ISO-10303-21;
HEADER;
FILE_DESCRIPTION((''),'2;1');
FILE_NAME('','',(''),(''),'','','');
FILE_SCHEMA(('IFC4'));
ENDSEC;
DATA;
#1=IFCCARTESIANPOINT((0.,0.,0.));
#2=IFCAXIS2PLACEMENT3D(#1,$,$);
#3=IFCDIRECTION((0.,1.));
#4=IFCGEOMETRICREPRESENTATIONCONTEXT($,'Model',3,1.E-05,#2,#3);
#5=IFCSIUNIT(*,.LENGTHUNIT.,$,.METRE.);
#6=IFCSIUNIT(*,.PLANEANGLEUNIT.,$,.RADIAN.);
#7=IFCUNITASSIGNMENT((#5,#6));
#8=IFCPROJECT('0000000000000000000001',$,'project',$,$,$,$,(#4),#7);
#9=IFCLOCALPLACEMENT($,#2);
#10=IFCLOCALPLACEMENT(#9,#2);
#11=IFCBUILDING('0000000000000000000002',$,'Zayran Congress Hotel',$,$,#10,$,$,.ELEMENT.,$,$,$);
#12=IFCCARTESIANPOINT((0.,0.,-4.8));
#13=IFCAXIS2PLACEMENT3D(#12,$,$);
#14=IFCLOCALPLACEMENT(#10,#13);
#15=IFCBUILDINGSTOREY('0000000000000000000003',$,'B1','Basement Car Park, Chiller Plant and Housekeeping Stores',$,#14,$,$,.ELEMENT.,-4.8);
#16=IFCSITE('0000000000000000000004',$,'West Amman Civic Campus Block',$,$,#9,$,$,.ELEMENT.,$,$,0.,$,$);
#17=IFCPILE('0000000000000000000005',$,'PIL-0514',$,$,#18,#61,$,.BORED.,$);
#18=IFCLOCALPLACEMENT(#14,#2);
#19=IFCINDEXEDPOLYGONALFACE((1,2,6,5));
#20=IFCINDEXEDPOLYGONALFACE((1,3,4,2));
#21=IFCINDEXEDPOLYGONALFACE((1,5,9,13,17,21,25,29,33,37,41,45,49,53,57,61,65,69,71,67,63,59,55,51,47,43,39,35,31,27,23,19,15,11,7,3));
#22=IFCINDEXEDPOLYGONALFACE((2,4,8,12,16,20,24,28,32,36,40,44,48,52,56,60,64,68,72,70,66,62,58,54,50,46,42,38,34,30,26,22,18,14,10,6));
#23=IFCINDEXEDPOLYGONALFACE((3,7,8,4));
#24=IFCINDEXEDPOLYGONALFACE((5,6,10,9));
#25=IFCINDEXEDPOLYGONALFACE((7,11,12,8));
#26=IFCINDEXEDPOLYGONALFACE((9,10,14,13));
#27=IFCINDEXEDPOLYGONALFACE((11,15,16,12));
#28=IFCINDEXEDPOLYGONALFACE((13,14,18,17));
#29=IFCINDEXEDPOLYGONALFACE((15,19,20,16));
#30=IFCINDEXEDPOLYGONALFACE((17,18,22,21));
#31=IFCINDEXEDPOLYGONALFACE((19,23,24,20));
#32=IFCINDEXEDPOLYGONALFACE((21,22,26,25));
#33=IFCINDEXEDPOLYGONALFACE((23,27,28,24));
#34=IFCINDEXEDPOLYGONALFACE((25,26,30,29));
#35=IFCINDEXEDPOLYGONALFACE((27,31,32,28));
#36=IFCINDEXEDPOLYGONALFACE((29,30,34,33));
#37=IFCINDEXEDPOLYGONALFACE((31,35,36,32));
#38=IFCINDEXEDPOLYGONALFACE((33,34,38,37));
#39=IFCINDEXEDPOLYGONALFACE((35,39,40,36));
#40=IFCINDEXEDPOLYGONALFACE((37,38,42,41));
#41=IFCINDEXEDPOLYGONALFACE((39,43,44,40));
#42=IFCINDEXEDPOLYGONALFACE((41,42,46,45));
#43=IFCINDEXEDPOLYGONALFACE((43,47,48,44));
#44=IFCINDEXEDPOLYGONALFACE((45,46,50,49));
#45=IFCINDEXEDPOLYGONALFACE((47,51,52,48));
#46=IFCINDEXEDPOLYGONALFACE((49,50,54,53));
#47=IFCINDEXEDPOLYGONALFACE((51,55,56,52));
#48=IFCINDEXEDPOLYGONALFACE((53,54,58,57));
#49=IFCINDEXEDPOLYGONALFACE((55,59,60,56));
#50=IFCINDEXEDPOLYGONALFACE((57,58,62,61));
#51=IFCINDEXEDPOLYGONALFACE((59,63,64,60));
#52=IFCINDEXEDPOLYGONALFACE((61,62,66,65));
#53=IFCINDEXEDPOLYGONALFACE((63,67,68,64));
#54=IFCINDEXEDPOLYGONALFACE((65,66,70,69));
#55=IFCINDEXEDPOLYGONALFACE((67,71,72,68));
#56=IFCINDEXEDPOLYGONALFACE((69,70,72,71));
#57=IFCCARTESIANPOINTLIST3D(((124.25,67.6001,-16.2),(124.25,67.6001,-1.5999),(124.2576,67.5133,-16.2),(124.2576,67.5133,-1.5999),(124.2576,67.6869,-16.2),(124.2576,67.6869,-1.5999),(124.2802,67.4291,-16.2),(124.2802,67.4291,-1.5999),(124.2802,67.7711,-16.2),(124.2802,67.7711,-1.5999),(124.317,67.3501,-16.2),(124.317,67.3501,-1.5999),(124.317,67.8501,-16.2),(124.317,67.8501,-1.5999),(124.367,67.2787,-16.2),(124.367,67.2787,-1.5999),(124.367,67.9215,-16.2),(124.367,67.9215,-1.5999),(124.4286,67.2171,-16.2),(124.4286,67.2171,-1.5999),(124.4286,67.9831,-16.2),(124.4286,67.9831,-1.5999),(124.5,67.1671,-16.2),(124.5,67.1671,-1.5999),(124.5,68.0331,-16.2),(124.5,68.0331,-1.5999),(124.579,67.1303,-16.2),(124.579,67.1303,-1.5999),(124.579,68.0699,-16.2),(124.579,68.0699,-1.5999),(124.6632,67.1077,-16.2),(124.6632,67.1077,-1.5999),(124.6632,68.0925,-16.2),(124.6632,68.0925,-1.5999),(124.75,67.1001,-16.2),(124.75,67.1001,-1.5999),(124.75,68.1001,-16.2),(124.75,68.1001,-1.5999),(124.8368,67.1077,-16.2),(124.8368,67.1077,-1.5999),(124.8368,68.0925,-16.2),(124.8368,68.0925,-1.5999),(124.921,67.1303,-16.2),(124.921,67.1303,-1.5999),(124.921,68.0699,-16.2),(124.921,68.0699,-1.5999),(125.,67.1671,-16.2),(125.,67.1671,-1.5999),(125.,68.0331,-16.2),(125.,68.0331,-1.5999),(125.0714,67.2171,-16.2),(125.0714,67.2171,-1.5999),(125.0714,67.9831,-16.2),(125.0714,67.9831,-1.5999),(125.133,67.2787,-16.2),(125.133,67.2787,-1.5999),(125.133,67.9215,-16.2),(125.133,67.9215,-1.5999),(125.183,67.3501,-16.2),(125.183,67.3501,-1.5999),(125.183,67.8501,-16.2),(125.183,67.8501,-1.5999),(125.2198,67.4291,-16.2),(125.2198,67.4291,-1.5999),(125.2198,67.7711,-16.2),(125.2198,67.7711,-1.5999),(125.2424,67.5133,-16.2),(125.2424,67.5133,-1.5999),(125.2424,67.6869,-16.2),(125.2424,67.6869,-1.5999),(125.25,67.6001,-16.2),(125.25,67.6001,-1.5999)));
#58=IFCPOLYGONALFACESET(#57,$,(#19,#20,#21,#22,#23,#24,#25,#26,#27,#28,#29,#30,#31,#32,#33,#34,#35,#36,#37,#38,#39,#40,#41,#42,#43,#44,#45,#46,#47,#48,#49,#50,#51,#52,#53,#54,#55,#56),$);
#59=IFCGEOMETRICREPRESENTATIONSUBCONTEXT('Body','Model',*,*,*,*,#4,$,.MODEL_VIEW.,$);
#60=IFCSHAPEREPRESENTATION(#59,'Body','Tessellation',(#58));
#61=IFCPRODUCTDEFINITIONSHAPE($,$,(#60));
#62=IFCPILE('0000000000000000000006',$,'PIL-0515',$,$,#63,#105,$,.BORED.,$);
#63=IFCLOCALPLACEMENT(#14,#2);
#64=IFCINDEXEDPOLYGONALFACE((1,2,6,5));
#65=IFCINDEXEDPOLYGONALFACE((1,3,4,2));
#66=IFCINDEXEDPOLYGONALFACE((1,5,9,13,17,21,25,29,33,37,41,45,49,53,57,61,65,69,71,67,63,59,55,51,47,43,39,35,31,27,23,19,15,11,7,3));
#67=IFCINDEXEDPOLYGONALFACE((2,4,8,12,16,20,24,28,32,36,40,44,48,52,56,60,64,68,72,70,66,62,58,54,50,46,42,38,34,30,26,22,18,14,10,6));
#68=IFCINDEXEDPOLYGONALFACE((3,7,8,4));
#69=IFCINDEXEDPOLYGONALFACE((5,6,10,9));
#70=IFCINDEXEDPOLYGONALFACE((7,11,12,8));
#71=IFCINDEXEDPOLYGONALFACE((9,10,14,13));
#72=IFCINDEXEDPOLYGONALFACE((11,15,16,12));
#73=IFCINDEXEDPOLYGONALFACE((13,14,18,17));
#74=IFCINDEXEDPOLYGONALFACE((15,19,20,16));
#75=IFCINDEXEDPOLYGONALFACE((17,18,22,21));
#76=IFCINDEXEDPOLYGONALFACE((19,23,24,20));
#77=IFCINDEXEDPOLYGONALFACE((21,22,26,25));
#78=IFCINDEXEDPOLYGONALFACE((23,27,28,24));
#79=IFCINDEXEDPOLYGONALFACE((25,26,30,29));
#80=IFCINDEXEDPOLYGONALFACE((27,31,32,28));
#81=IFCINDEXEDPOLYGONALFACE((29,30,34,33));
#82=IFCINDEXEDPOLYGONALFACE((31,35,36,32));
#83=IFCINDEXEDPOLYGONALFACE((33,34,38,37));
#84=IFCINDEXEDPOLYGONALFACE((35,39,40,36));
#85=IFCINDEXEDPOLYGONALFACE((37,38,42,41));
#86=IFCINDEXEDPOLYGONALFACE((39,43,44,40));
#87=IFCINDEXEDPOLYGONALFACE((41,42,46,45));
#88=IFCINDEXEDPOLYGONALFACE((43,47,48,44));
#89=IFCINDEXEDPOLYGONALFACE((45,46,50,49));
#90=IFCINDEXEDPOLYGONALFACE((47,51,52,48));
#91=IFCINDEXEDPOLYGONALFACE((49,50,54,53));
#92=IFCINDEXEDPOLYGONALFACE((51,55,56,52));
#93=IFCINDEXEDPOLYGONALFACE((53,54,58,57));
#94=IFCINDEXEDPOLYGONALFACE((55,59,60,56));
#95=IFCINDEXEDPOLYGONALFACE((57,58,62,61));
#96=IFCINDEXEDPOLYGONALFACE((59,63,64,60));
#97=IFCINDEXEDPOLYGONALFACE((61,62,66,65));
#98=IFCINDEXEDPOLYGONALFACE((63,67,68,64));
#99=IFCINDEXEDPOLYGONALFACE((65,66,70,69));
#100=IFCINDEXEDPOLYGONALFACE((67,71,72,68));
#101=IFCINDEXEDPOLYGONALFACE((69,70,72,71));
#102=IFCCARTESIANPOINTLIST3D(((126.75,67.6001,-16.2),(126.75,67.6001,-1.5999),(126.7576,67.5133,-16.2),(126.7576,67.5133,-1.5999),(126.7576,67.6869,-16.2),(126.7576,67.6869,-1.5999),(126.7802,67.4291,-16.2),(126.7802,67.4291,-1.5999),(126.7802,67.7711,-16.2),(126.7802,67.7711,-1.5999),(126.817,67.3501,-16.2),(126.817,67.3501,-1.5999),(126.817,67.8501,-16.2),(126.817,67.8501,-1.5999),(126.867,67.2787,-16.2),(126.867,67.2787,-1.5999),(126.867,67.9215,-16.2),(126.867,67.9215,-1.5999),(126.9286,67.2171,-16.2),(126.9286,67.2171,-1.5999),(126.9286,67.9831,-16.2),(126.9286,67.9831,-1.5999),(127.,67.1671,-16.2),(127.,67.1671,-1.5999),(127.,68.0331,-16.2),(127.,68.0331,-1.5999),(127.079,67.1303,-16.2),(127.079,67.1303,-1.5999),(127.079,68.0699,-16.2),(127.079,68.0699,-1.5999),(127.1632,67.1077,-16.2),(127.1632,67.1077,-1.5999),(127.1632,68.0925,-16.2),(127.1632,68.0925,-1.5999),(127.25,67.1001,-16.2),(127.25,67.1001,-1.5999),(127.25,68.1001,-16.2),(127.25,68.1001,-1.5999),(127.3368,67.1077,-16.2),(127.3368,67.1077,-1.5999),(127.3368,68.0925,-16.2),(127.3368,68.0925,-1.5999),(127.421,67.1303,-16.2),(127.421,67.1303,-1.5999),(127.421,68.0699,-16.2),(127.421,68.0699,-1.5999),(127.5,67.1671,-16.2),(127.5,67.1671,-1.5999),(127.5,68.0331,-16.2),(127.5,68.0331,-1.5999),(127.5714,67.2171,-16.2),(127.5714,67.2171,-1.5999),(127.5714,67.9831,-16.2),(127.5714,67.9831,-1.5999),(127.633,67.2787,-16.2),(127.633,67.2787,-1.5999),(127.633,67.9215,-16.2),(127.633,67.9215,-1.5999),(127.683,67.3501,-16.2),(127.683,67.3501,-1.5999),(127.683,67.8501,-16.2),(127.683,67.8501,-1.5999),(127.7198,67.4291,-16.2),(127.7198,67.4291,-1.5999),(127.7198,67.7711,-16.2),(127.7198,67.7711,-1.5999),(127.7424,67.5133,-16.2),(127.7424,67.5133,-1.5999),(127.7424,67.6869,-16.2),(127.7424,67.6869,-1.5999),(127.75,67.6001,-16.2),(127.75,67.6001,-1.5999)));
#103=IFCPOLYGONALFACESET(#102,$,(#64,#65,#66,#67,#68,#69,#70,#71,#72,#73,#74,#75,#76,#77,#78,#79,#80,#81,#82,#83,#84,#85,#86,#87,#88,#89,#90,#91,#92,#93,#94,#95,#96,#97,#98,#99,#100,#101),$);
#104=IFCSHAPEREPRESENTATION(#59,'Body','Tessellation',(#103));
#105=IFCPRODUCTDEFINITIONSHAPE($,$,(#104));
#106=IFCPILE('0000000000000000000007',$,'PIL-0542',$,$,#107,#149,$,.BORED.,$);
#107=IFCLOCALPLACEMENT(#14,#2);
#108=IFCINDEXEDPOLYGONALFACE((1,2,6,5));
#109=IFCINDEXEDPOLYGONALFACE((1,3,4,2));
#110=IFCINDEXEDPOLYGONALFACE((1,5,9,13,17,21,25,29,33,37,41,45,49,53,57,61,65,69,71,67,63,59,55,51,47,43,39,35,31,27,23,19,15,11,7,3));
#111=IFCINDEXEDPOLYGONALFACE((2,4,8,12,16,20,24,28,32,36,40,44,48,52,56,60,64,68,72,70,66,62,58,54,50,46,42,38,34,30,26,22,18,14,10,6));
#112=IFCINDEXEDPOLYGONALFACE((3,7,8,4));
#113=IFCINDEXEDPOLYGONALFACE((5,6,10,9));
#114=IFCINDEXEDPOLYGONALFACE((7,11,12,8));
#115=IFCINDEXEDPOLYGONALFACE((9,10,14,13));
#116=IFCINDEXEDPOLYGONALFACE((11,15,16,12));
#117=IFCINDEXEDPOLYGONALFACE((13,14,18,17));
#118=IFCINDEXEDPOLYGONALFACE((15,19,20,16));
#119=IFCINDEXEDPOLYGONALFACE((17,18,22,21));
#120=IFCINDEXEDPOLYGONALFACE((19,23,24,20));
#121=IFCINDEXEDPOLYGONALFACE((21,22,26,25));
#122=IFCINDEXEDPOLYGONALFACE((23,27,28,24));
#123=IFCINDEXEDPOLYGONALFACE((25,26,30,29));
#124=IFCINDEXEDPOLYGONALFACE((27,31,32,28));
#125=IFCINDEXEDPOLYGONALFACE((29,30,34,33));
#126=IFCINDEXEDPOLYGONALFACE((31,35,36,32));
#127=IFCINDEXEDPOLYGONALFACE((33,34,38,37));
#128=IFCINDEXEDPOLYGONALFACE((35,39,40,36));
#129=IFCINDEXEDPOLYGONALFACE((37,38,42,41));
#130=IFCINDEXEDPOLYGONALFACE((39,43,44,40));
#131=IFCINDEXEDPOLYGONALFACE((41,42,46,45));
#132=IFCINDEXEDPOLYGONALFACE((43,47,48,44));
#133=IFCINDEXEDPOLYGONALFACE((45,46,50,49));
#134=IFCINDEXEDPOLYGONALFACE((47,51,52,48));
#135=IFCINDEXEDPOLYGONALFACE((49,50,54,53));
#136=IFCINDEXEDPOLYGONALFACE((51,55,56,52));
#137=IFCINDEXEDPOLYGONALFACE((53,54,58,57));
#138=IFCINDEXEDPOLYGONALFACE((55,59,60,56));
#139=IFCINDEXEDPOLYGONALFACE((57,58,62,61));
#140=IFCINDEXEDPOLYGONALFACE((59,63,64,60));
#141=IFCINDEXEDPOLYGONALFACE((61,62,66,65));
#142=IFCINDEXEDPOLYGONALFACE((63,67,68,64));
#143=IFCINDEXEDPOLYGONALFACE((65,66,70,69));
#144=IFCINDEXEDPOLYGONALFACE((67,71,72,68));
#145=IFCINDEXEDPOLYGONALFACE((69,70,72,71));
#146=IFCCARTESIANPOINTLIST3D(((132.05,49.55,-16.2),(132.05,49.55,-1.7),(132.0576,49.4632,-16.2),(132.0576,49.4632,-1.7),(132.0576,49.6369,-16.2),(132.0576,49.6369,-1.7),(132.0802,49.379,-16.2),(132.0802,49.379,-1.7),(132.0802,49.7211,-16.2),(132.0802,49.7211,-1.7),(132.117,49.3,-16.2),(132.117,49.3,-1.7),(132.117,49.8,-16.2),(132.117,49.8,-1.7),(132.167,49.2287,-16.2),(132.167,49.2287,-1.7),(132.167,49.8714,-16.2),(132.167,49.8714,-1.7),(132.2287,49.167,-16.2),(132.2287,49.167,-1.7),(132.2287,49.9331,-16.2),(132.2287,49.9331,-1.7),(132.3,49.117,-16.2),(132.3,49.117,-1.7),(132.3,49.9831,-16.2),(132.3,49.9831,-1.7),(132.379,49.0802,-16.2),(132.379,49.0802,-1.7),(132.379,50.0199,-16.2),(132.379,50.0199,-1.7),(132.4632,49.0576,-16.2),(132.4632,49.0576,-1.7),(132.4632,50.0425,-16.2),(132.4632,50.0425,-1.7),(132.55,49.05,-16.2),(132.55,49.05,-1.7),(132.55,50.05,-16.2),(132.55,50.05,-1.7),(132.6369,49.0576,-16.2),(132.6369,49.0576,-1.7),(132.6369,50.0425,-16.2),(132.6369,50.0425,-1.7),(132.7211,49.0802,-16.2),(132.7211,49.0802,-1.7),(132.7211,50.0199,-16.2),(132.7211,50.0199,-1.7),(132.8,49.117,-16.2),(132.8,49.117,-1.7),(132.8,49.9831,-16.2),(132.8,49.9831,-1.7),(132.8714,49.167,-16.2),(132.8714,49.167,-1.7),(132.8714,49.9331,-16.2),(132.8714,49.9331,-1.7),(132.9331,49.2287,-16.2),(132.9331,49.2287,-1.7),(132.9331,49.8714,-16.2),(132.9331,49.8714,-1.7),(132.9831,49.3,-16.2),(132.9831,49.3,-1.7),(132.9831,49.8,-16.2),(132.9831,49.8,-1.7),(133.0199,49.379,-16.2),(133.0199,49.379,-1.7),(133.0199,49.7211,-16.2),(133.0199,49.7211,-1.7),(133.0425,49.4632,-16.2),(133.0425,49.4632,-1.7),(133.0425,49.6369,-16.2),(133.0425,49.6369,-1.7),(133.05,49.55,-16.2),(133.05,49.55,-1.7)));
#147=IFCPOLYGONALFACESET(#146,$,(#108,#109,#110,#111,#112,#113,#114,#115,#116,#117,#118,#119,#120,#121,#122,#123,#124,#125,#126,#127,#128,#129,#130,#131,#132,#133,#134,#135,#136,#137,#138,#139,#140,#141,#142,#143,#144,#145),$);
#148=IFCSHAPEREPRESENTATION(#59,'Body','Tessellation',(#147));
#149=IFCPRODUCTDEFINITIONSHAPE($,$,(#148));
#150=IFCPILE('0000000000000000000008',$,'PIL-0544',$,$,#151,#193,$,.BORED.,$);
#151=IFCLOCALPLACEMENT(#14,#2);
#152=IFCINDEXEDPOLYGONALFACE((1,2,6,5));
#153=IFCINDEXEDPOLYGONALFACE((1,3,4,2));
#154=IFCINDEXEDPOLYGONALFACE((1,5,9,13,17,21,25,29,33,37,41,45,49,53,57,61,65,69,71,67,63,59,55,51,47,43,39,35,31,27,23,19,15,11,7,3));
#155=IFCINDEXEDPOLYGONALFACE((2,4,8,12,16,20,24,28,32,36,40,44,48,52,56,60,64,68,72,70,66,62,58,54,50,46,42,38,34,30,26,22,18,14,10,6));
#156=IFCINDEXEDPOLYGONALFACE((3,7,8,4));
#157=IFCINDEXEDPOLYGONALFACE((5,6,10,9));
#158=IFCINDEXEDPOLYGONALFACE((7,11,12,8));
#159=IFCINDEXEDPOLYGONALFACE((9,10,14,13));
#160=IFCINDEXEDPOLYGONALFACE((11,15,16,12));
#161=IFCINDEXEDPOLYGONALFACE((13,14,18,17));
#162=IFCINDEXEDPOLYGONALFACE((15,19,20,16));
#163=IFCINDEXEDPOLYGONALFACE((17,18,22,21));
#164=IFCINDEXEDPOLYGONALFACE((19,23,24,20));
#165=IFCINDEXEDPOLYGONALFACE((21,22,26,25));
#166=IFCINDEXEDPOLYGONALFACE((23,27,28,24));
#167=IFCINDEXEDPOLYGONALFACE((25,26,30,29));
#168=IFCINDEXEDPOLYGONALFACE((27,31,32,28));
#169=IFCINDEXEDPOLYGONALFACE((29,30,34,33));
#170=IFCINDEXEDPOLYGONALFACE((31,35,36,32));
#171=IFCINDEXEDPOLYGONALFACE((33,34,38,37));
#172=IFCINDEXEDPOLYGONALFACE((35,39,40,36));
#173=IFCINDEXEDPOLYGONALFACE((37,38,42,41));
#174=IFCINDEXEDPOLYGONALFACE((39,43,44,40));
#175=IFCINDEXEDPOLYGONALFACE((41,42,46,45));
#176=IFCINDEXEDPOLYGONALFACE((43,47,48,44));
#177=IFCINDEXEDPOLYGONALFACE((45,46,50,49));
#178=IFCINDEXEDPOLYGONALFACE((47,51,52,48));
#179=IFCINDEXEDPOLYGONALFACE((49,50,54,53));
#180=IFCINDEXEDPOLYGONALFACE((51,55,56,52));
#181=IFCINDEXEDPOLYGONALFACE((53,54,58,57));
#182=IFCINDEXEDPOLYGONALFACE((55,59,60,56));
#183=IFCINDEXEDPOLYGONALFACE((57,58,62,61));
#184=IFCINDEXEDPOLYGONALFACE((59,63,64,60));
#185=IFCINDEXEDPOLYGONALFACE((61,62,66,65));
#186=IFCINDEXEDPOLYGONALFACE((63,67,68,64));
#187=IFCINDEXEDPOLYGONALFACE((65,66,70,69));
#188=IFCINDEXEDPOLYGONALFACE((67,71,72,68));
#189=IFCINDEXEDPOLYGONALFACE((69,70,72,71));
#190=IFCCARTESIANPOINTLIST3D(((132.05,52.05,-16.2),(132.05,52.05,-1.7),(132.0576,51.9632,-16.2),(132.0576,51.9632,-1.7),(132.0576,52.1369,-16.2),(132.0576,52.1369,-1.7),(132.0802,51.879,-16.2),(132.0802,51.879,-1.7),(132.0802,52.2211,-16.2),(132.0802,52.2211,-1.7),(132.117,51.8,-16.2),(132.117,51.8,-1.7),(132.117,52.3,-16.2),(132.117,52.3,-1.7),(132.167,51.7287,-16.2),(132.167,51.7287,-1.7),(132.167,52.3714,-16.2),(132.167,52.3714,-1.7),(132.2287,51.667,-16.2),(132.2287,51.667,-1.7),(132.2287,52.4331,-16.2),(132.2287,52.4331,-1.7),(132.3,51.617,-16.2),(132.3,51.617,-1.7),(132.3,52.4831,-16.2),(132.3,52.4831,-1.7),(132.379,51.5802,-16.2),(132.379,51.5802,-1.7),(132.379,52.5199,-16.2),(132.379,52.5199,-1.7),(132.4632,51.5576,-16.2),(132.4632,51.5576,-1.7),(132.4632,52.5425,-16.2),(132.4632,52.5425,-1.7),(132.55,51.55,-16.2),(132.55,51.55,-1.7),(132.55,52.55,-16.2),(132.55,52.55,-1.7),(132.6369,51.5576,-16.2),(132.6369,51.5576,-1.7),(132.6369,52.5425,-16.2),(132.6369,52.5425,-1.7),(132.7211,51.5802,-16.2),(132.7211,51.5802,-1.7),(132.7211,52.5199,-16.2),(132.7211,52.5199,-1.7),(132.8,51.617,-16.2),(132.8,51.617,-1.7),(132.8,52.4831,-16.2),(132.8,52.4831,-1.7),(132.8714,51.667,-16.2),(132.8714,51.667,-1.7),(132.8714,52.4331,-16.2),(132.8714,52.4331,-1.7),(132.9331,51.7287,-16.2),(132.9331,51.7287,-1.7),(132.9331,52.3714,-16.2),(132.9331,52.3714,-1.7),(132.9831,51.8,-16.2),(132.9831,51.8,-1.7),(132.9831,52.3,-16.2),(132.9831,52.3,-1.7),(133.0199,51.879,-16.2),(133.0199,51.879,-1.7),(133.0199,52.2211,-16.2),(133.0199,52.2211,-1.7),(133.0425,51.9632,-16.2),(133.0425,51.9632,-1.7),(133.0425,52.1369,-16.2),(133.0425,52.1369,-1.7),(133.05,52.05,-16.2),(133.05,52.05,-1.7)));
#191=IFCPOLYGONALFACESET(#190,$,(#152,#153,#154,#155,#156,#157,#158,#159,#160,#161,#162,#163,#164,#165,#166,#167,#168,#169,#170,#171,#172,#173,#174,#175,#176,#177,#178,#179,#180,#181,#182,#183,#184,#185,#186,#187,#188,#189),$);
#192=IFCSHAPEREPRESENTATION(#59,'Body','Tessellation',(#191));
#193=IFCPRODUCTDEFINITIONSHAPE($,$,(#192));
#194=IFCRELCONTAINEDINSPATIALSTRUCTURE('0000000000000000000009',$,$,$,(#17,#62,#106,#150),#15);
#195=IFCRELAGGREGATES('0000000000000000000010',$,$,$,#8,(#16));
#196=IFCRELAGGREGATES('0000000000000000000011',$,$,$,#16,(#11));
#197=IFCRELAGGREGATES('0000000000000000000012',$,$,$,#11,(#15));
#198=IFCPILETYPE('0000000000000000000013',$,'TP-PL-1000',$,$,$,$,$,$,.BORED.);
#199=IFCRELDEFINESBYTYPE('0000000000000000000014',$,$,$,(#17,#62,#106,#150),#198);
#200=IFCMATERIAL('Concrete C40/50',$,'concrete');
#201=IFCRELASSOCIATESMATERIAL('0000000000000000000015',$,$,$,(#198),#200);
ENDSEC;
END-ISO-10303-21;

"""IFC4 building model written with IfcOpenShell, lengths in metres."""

from ifc_helpers import new_model, si_unit, direction, frame, origin, origin_2d, place, context, subcontext, project, spatial, circle, extrude, material, material_profile, profile_set, type_object, element, save


model = new_model("IFC4")

# Units and contexts
model_context = context("Model", 3, precision=1e-05, world=origin(), true_north=direction((0.0, 1.0)))
body_context = subcontext(model_context, "Body", "Model", "MODEL_VIEW")
ifc_project = project(units=[si_unit("LENGTHUNIT", "METRE"), si_unit("PLANEANGLEUNIT", "RADIAN")], contexts=[model_context])

# Site, building, storey
site_placement = place(None, origin())
site = spatial("IfcSite", under=ifc_project, at=site_placement, Name="West Amman Civic Campus Block", CompositionType="ELEMENT", RefElevation=0.0)
building_placement = place(site_placement, origin())
building = spatial("IfcBuilding", under=site, at=building_placement, Name="Zayran Congress Hotel", CompositionType="ELEMENT")
storey_placement = place(building_placement, frame((0.0, 0.0, -4.8)))
storey = spatial("IfcBuildingStorey", under=building, at=storey_placement, Name="B1", Description="Basement Car Park, Chiller Plant and Housekeeping Stores", CompositionType="ELEMENT", Elevation=-4.8)

# Piles
ifc_material_1 = material(Name="Concrete C40/50", Category="concrete")
ifc_material_profile_1 = material_profile(ifc_material_1, circle(Radius=0.5, at=origin_2d()), Name="PILE D1000")
ifc_profile_set_1 = profile_set([ifc_material_profile_1], Name="Concrete C40/50")
pile_type = type_object("IfcPileType", Name="TP-PL-1000", PredefinedType="BORED", material=ifc_profile_set_1)
for number, where, z_axis, x_axis, name in (
    (1, (124.75, 67.6001, -1.5999), (0.0, 0.0, -1.0), (1.0, 0.0, 0.0), "PIL-0514"),
    (2, (127.25, 67.6001, -1.5999), (0.0, 0.0, -1.0), (1.0, 0.0, 0.0), "PIL-0515"),
):
    element("IfcPile", number, at=place(storey_placement, frame(where, z_axis=z_axis, x_axis=x_axis)), inside=storey, type_object=pile_type, Name=name, PredefinedType="BORED", context=body_context, shape_type="SweptSolid", body=[
        extrude(circle(Radius=0.5, at=origin_2d()), origin(), (0.0, 0.0, 1.0), 14.6001),
    ])
for number, where, z_axis, x_axis, name in (
    (3, (132.55, 49.55, -1.7), (0.0, 0.0, -1.0), (1.0, 0.0, 0.0), "PIL-0542"),
    (4, (132.55, 52.05, -1.7), (0.0, 0.0, -1.0), (1.0, 0.0, 0.0), "PIL-0544"),
):
    element("IfcPile", number, at=place(storey_placement, frame(where, z_axis=z_axis, x_axis=x_axis)), inside=storey, type_object=pile_type, Name=name, PredefinedType="BORED", context=body_context, shape_type="SweptSolid", body=[
        extrude(circle(Radius=0.5, at=origin_2d()), origin(), (0.0, 0.0, 1.0), 14.5),
    ])

save(model, "model.ifc")
